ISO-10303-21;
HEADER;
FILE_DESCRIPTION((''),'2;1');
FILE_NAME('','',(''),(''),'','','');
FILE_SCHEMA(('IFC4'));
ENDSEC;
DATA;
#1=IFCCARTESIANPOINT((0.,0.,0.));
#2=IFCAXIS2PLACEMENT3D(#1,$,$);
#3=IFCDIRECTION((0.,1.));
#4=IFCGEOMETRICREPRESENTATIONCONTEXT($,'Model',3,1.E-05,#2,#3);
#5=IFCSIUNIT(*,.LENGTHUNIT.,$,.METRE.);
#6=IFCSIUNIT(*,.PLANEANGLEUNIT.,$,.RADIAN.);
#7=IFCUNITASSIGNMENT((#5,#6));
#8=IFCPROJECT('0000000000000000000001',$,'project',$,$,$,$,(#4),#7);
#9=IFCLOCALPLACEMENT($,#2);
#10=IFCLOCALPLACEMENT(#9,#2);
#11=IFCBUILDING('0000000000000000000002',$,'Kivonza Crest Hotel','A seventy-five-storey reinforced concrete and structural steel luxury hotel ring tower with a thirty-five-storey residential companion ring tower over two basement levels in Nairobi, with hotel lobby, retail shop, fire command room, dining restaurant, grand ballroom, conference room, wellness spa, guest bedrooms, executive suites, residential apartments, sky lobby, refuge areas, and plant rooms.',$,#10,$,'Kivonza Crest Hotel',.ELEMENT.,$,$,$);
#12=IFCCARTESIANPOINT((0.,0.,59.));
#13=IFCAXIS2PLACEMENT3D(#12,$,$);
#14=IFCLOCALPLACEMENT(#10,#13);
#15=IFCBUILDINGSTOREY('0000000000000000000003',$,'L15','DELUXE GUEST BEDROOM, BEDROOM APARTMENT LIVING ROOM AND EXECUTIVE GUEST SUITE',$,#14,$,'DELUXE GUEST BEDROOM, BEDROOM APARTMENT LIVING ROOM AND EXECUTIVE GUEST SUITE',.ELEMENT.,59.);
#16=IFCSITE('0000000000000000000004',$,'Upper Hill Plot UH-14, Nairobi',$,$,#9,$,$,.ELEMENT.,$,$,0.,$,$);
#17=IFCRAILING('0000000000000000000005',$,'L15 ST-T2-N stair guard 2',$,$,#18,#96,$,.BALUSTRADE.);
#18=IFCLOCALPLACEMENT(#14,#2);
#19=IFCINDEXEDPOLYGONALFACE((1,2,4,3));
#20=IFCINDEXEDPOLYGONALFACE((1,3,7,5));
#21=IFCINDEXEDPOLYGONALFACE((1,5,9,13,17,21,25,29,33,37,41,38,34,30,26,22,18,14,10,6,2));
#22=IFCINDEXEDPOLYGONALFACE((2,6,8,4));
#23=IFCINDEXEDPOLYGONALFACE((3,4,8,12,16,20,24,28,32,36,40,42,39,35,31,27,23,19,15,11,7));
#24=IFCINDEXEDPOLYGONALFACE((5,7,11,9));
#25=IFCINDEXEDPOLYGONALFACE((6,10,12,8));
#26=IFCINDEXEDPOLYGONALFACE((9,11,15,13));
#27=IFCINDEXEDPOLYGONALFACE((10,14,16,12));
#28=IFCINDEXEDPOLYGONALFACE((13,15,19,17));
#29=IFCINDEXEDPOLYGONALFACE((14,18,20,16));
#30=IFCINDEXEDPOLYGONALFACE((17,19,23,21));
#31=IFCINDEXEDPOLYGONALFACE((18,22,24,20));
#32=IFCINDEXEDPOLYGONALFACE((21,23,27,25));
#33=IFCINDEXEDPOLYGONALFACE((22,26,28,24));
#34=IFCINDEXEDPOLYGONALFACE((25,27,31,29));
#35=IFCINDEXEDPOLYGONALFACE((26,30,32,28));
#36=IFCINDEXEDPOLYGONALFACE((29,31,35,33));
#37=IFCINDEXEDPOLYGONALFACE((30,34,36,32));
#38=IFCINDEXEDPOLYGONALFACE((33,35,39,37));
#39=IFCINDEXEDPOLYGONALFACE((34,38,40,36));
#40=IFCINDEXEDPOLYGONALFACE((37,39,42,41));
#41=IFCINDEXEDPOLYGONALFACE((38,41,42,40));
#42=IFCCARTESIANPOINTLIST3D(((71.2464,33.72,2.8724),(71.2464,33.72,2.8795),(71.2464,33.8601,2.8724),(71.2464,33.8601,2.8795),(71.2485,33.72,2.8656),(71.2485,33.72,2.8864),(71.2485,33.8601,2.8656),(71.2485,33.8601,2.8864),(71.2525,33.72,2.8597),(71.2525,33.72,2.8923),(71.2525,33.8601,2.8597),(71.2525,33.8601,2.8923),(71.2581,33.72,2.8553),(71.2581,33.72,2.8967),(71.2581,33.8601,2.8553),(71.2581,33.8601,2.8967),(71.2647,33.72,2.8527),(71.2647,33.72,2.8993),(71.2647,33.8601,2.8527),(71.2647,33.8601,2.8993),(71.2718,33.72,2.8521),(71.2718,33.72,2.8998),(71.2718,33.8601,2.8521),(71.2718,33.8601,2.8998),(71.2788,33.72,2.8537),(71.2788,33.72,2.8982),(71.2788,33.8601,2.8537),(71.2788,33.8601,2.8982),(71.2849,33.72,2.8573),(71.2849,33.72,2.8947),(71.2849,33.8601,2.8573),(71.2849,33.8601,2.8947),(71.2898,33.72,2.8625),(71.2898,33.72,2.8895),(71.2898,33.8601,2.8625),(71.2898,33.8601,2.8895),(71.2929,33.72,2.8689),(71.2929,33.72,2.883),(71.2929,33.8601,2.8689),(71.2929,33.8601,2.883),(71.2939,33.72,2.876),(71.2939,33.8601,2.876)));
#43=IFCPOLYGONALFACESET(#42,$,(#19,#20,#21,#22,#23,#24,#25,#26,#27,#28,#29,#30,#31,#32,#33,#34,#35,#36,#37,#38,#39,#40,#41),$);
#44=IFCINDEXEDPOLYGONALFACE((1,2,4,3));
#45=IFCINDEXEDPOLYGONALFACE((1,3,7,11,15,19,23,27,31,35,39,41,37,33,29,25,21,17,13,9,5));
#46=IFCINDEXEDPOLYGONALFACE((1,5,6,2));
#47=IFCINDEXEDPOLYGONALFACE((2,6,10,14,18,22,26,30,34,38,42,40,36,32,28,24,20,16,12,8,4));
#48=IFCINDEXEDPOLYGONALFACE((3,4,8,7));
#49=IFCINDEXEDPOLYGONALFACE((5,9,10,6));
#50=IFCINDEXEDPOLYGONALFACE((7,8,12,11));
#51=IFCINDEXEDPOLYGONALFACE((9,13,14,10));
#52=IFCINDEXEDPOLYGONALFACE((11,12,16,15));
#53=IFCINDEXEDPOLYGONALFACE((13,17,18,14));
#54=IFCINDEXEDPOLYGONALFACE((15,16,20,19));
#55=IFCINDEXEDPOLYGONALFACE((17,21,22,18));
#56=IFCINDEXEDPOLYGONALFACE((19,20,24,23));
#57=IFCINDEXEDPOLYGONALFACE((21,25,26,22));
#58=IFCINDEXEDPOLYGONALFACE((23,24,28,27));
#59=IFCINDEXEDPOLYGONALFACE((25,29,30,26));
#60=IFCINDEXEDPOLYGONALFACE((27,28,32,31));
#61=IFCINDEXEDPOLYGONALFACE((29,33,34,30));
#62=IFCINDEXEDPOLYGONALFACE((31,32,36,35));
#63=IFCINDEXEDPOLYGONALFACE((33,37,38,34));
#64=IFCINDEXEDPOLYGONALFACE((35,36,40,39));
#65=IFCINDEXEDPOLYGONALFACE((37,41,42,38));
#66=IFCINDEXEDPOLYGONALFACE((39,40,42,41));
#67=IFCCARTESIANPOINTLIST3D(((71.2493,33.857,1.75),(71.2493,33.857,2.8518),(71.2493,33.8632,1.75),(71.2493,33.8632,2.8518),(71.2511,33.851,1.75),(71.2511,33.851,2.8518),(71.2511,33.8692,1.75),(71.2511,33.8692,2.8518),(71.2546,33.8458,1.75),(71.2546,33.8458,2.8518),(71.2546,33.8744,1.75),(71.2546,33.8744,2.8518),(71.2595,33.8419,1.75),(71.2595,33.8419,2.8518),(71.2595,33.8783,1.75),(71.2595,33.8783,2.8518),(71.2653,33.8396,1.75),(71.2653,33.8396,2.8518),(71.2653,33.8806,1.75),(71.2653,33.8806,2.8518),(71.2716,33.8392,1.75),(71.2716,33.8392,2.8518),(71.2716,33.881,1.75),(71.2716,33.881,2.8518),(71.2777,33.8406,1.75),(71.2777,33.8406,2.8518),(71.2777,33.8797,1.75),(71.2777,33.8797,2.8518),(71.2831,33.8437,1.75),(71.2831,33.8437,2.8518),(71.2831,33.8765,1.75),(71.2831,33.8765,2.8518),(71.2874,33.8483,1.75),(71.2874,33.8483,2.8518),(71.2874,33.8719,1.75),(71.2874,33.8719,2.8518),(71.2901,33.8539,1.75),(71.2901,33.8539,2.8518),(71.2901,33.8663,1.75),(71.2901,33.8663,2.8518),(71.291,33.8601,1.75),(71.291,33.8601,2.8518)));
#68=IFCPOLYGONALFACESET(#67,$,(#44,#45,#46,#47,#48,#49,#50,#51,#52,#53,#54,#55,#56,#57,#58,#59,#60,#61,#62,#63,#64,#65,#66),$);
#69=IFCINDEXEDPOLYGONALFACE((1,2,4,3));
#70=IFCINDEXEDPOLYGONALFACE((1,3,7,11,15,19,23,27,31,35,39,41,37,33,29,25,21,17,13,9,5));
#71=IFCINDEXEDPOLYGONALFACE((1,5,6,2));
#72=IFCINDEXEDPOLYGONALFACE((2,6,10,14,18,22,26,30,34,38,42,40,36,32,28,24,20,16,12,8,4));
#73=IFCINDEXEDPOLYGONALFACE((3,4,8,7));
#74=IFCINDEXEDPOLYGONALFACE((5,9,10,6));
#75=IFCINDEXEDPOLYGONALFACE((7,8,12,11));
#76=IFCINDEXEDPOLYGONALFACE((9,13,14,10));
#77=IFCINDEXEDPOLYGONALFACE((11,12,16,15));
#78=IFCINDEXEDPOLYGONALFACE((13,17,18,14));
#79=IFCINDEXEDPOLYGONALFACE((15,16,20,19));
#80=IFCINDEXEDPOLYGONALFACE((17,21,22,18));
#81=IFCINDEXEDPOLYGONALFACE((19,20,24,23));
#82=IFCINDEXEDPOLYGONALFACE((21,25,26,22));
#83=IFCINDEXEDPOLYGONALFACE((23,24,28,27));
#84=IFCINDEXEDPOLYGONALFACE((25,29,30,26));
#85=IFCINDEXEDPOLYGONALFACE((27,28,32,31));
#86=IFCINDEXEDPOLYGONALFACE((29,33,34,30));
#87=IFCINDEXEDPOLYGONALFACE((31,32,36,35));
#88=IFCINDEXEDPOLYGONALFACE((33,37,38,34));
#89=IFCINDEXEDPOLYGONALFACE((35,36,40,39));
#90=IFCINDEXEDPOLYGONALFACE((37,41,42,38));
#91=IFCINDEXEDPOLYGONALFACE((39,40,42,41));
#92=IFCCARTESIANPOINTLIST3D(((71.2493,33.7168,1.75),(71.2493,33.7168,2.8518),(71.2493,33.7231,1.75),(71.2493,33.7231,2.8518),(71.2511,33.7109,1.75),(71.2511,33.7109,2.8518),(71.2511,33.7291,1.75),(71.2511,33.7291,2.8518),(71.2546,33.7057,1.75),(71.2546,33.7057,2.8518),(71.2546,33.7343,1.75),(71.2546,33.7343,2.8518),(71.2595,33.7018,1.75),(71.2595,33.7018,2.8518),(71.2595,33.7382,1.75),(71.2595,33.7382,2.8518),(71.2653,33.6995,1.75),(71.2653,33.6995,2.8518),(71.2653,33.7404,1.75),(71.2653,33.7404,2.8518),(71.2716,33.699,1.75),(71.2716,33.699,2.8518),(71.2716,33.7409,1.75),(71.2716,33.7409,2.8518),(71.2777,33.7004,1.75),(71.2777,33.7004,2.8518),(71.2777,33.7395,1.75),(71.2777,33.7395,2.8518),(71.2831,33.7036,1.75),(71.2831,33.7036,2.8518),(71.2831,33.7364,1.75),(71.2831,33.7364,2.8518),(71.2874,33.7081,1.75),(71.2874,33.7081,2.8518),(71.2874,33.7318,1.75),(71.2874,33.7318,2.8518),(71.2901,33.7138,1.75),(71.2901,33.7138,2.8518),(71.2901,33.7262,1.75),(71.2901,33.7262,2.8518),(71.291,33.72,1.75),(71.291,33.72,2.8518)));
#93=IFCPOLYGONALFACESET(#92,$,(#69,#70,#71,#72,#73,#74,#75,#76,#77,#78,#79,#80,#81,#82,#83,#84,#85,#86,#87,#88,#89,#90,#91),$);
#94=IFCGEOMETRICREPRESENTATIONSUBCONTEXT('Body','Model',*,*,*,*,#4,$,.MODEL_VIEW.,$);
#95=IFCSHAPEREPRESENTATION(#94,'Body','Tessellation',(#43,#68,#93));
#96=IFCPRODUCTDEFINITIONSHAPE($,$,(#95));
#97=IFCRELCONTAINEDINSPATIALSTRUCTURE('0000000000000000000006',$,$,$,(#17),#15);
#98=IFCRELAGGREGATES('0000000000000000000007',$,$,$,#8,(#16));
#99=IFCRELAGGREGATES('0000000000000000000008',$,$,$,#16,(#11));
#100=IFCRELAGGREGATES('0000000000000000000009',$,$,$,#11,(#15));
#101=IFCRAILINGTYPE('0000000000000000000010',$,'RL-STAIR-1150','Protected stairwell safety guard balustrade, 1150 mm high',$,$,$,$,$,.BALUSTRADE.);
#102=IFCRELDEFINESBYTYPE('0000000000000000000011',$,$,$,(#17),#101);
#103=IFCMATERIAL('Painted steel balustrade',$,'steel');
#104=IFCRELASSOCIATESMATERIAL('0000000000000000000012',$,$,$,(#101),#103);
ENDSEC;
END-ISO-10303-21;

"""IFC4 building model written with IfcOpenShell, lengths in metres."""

from ifc_helpers import new_model, si_unit, direction, frame, origin, origin_2d, place, context, subcontext, project, spatial, circle, extrude, material, type_object, element, save


model = new_model("IFC4")

# Units and contexts
model_context = context("Model", 3, precision=1e-05, world=origin(), true_north=direction((0.0, 1.0)))
body_context = subcontext(model_context, "Body", "Model", "MODEL_VIEW")
ifc_project = project(units=[si_unit("LENGTHUNIT", "METRE"), si_unit("PLANEANGLEUNIT", "RADIAN")], contexts=[model_context])

# Site, building, storey
site_placement = place(None, origin())
site = spatial("IfcSite", under=ifc_project, at=site_placement, Name="Upper Hill Plot UH-14, Nairobi", CompositionType="ELEMENT", RefElevation=0.0)
building_placement = place(site_placement, origin())
building = spatial("IfcBuilding", under=site, at=building_placement, Name="Kivonza Crest Hotel", Description="A seventy-five-storey reinforced concrete and structural steel luxury hotel ring tower with a thirty-five-storey residential companion ring tower over two basement levels in Nairobi, with hotel lobby, retail shop, fire command room, dining restaurant, grand ballroom, conference room, wellness spa, guest bedrooms, executive suites, residential apartments, sky lobby, refuge areas, and plant rooms.", LongName="Kivonza Crest Hotel", CompositionType="ELEMENT")
storey_placement = place(building_placement, frame((0.0, 0.0, 59.0)))
storey = spatial("IfcBuildingStorey", under=building, at=storey_placement, Name="L15", Description="DELUXE GUEST BEDROOM, BEDROOM APARTMENT LIVING ROOM AND EXECUTIVE GUEST SUITE", LongName="DELUXE GUEST BEDROOM, BEDROOM APARTMENT LIVING ROOM AND EXECUTIVE GUEST SUITE", CompositionType="ELEMENT", Elevation=59.0)

# Railing
ifc_material_1 = material(Name="Painted steel balustrade", Category="steel")
railing_type_1 = type_object("IfcRailingType", Name="RL-STAIR-1150", Description="Protected stairwell safety guard balustrade, 1150 mm high", PredefinedType="BALUSTRADE", material=ifc_material_1)
railing_1_placement = place(storey_placement, frame((71.27, 33.8601, 1.75)))
element("IfcRailing", 1, at=railing_1_placement, inside=storey, type_object=railing_type_1, Name="L15 ST-T2-N stair guard 2", PredefinedType="BALUSTRADE", context=body_context, shape_type="SweptSolid", body=[
    extrude(circle(Radius=0.0239, at=origin_2d()), frame((0.0, 0.0, 1.126), z_axis=(0.0, -1.0, 0.0), x_axis=(1.0, 0.0, 0.0)), (0.0, 0.0, 1.0), 0.1401),
    extrude(circle(Radius=0.021, at=origin_2d()), origin(), (0.0, 0.0, 1.0), 1.1018),
    extrude(circle(Radius=0.021, at=origin_2d()), frame((0.0, -0.1401, 0.0)), (0.0, 0.0, 1.0), 1.1018),
])

save(model, "model.ifc")
